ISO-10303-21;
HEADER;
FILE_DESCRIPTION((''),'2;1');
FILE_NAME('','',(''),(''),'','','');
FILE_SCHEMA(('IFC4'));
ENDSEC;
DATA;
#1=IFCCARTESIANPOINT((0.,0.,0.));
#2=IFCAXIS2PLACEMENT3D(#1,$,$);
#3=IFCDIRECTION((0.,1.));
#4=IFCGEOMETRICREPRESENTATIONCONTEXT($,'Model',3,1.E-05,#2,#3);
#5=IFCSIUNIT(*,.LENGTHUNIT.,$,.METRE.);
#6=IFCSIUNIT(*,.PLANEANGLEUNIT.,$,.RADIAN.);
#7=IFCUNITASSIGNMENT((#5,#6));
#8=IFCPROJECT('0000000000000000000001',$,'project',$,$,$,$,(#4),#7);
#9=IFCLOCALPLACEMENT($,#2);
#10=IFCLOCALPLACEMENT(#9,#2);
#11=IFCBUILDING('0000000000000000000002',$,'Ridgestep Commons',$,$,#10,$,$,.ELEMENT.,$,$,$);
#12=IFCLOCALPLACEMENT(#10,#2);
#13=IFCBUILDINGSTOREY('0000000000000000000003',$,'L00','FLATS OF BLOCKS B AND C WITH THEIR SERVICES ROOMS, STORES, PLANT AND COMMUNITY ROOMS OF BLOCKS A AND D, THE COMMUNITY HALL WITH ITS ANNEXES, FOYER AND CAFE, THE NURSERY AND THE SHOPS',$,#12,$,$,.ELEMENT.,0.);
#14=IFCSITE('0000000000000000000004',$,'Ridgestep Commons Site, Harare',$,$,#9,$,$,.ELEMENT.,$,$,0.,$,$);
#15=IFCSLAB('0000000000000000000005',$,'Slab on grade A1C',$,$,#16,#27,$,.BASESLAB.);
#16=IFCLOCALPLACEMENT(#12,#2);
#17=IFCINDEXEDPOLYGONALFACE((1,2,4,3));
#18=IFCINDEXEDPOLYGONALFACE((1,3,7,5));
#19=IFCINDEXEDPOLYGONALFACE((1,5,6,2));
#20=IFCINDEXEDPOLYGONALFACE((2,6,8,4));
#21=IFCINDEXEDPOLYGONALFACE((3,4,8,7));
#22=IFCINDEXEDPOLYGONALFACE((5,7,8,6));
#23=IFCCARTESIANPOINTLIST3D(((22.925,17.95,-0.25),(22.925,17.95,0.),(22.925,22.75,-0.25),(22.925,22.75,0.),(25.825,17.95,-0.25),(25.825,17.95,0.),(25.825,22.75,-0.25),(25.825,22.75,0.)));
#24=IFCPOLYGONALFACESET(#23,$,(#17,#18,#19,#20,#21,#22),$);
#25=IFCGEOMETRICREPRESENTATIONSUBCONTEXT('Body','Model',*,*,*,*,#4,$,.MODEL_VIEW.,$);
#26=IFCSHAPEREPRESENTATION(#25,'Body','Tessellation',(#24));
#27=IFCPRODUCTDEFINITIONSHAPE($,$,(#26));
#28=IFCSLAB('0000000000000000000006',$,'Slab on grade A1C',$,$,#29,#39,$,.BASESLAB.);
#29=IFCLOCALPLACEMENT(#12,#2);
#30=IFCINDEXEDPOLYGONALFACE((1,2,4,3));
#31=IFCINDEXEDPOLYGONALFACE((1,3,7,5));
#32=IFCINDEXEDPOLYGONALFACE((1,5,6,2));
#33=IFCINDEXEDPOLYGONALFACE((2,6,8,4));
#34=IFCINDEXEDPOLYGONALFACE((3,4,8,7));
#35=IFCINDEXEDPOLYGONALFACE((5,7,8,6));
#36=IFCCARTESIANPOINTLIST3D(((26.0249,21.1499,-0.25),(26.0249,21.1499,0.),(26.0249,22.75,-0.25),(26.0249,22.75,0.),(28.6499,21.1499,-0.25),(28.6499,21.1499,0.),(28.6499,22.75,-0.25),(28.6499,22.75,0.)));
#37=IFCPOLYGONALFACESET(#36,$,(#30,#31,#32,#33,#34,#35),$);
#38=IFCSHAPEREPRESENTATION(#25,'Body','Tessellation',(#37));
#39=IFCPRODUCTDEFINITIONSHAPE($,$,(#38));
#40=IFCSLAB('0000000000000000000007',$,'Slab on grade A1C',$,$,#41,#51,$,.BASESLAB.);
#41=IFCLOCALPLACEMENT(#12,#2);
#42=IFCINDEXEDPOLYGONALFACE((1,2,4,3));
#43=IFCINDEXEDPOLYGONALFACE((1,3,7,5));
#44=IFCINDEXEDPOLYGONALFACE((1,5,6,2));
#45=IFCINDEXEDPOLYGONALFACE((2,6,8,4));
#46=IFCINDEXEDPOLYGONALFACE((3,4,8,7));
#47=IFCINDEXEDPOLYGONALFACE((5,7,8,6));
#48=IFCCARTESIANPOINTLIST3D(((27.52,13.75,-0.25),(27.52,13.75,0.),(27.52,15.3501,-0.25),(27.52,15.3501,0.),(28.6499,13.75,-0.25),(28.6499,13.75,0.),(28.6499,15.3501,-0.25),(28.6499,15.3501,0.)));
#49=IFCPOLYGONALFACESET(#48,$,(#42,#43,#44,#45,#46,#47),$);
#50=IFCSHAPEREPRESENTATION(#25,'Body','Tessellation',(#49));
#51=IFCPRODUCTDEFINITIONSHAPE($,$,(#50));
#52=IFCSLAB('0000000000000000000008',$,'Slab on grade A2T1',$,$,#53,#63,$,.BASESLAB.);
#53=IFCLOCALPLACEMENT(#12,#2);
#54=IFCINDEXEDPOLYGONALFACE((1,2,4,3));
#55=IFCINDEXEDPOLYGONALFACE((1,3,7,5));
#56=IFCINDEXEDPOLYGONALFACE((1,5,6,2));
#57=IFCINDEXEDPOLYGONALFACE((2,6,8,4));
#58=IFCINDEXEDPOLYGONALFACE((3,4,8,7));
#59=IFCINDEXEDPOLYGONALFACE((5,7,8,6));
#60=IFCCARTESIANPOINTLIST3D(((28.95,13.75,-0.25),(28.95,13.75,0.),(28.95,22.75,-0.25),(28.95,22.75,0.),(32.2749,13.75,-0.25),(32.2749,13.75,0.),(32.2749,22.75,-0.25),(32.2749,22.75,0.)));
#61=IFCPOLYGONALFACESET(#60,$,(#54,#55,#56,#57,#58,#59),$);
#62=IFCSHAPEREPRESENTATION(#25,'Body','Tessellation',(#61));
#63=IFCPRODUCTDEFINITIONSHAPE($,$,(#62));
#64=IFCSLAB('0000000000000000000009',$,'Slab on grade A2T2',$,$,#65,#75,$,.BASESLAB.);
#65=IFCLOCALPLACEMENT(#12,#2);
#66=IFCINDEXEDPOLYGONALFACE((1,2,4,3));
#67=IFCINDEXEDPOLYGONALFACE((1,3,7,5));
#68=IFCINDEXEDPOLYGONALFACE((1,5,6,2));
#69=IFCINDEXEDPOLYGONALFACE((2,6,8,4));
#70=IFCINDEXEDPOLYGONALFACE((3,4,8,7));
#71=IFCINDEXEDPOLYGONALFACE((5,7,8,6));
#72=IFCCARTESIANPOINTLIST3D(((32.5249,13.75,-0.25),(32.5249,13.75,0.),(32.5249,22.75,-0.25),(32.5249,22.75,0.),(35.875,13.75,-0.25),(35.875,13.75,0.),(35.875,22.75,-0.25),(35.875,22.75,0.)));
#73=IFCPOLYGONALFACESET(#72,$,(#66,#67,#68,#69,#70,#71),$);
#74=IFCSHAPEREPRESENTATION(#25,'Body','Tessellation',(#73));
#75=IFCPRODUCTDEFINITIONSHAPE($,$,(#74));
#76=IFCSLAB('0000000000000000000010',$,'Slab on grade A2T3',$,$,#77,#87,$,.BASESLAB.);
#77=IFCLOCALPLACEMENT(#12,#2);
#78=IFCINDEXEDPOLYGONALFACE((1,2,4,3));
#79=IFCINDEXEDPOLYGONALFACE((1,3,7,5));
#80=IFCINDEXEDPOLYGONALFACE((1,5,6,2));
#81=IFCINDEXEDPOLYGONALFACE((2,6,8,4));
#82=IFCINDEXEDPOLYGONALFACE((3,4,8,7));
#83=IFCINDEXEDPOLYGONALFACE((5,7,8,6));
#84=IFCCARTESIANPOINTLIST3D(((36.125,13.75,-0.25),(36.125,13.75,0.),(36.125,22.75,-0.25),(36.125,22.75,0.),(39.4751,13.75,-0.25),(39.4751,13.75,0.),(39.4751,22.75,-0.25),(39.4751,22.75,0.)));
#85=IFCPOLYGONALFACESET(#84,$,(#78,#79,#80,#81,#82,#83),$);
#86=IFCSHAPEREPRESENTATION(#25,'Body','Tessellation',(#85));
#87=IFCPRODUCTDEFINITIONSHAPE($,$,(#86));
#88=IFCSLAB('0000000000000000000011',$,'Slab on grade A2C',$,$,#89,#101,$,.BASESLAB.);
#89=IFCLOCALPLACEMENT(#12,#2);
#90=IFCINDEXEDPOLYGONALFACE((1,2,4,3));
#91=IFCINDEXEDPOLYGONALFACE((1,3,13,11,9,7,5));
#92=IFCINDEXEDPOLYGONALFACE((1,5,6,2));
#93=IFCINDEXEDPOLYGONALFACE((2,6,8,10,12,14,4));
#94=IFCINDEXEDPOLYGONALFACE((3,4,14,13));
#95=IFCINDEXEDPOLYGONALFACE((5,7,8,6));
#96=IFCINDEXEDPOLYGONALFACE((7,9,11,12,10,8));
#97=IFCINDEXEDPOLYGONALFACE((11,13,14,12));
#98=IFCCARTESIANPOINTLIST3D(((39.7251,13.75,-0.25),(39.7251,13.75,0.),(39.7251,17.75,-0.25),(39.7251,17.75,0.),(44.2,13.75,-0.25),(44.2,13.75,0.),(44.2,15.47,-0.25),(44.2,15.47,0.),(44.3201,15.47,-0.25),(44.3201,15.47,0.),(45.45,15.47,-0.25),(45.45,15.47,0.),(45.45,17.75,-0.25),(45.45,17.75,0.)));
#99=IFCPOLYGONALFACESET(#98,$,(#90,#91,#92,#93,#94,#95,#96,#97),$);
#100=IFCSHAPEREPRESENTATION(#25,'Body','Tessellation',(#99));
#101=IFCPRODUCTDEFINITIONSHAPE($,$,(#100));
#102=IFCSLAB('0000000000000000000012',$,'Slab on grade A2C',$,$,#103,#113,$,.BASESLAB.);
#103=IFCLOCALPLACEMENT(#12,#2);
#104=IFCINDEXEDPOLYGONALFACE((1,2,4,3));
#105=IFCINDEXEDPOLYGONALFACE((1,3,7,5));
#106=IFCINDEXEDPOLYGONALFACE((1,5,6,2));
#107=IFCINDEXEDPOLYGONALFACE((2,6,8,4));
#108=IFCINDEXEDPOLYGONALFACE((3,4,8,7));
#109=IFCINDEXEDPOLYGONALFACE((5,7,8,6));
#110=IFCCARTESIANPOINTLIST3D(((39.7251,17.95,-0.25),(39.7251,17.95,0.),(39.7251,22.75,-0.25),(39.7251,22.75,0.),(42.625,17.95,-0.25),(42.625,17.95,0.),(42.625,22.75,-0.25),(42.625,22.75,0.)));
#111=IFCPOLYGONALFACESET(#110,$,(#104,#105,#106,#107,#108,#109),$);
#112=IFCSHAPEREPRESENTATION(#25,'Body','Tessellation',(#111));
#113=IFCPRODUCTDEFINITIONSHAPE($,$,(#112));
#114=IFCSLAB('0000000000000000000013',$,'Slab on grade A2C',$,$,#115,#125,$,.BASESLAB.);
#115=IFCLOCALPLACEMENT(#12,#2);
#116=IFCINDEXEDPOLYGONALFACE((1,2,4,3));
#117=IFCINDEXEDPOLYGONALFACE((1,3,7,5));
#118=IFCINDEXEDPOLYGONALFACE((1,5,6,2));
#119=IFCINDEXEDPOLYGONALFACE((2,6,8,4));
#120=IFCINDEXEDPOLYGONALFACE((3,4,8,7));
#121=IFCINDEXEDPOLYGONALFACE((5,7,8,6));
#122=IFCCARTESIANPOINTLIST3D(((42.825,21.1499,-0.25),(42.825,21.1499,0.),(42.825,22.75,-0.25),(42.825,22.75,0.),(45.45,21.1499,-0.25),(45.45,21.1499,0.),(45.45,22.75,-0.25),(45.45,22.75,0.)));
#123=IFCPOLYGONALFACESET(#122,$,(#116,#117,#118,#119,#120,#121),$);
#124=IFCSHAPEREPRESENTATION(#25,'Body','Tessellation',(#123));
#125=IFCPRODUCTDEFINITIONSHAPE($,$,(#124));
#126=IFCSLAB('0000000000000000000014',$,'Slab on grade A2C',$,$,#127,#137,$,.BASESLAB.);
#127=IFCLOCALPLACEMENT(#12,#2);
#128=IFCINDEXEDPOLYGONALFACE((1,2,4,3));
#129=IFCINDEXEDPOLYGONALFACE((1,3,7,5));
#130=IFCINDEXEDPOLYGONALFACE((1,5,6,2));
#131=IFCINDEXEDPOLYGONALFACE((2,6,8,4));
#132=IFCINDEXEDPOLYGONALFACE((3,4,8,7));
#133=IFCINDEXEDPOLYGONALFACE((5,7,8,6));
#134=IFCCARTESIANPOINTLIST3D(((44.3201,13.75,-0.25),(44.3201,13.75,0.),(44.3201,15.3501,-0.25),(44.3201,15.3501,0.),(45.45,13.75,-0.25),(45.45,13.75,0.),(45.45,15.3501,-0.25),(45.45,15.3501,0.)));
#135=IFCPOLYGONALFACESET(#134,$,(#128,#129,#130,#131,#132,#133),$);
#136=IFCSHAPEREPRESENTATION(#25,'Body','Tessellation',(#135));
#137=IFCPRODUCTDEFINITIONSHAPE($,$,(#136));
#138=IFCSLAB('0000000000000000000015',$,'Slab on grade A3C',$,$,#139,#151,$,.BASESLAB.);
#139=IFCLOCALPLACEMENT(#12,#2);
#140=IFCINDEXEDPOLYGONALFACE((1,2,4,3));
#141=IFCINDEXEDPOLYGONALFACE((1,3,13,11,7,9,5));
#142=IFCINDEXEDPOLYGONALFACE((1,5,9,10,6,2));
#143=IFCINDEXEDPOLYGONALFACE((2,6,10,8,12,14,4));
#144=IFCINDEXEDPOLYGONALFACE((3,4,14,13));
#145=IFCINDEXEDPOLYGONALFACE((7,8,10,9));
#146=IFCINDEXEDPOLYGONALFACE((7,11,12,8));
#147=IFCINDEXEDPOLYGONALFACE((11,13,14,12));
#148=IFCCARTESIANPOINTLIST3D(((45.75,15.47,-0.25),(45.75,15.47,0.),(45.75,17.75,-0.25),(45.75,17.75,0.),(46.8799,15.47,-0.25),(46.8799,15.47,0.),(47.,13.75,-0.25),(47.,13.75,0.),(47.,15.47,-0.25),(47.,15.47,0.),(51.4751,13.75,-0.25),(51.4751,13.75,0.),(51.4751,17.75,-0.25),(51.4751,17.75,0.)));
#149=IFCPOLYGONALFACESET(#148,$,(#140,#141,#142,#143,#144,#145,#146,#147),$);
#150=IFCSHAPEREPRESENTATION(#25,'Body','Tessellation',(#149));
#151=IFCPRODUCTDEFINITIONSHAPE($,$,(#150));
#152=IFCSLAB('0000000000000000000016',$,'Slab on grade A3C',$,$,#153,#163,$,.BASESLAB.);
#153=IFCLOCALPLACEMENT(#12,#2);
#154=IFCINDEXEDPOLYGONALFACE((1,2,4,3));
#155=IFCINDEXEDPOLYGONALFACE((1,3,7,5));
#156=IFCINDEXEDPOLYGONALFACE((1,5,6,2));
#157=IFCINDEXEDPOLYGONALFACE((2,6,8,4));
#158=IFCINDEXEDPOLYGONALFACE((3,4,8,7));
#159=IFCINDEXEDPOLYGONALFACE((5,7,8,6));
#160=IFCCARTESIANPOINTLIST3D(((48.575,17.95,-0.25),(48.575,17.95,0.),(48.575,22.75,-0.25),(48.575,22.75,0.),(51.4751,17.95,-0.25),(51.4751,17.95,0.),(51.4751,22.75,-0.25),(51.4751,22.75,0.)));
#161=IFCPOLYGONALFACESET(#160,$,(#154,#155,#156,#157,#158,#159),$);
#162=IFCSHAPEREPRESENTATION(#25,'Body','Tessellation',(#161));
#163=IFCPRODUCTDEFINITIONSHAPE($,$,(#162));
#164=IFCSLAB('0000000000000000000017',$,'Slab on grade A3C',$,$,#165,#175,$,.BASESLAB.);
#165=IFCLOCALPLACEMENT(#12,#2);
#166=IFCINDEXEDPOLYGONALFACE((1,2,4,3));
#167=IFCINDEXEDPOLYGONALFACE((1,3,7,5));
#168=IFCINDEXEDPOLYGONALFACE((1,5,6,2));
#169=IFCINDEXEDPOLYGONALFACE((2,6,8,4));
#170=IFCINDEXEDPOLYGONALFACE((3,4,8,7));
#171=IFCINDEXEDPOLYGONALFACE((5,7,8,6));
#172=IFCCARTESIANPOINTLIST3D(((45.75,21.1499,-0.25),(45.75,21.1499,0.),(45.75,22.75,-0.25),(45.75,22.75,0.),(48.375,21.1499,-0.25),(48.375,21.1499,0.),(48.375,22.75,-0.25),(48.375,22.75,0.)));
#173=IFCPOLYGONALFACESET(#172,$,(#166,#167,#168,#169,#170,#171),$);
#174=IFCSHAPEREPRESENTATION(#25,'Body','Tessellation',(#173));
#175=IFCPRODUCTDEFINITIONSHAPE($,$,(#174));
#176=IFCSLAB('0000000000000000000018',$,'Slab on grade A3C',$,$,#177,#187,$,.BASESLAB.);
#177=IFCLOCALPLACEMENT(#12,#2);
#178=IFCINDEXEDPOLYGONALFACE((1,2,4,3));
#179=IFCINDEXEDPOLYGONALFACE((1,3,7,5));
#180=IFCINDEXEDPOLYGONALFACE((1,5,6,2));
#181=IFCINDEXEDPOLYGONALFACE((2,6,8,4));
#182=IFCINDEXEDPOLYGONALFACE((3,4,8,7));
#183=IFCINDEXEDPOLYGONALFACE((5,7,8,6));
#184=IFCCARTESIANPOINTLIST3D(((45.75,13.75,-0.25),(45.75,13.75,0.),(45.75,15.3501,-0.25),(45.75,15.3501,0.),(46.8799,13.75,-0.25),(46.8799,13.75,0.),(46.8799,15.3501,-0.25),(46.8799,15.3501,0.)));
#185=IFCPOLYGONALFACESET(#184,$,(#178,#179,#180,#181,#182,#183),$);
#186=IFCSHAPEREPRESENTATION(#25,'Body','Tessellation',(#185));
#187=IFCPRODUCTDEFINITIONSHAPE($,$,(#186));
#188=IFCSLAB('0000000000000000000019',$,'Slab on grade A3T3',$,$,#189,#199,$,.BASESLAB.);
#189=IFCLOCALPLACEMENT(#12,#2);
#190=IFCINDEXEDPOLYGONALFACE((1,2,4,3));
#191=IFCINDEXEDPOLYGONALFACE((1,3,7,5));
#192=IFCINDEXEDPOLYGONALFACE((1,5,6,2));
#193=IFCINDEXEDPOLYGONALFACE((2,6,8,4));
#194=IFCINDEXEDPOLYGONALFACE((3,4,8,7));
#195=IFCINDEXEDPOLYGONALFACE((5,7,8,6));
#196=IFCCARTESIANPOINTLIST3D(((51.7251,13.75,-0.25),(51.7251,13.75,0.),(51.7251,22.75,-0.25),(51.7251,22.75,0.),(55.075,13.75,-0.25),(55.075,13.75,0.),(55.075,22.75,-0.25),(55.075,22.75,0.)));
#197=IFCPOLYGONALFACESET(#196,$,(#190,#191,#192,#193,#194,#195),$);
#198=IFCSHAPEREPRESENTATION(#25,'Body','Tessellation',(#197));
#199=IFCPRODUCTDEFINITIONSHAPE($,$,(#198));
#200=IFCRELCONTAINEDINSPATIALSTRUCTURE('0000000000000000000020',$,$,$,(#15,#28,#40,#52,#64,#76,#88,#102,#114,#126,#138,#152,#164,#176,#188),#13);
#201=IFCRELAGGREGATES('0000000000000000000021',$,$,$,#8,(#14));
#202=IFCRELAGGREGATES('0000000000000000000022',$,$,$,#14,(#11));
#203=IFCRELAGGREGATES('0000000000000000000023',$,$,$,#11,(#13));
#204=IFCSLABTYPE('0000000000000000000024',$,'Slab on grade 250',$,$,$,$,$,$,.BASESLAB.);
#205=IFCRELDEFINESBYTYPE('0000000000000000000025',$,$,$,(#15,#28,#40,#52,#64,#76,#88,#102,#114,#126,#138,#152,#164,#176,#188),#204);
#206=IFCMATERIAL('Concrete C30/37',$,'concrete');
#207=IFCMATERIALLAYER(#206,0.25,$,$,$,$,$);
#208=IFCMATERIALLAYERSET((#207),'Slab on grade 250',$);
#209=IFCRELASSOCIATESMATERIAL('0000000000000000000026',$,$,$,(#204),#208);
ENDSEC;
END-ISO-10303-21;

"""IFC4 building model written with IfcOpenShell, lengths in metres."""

from ifc_helpers import new_model, si_unit, direction, frame, origin, place, context, subcontext, project, spatial, polyline, outline, extrude, material, layer, layer_set, type_object, element, save


model = new_model("IFC4")

# Units and contexts
model_context = context("Model", 3, precision=1e-05, world=origin(), true_north=direction((0.0, 1.0)))
body_context = subcontext(model_context, "Body", "Model", "MODEL_VIEW")
ifc_project = project(units=[si_unit("LENGTHUNIT", "METRE"), si_unit("PLANEANGLEUNIT", "RADIAN")], contexts=[model_context])

# Site, building, storey
site_placement = place(None, origin())
site = spatial("IfcSite", under=ifc_project, at=site_placement, Name="Ridgestep Commons Site, Harare", CompositionType="ELEMENT", RefElevation=0.0)
building_placement = place(site_placement, origin())
building = spatial("IfcBuilding", under=site, at=building_placement, Name="Ridgestep Commons", CompositionType="ELEMENT")
storey_placement = place(building_placement, origin())
storey = spatial("IfcBuildingStorey", under=building, at=storey_placement, Name="L00", Description="FLATS OF BLOCKS B AND C WITH THEIR SERVICES ROOMS, STORES, PLANT AND COMMUNITY ROOMS OF BLOCKS A AND D, THE COMMUNITY HALL WITH ITS ANNEXES, FOYER AND CAFE, THE NURSERY AND THE SHOPS", CompositionType="ELEMENT", Elevation=0.0)

# Slabs
ifc_material = material(Name="Concrete C30/37", Category="concrete")
ifc_layer = layer(ifc_material, 0.25)
ifc_layer_set = layer_set([ifc_layer], Name="Slab on grade 250")
slab_type = type_object("IfcSlabType", Name="Slab on grade 250", PredefinedType="BASESLAB", material=ifc_layer_set)
slab_1_placement = place(storey_placement, frame((0.0, 0.0, -0.25)))
element("IfcSlab", 1, at=slab_1_placement, inside=storey, type_object=slab_type, Name="Slab on grade A1C", PredefinedType="BASESLAB", context=body_context, shape_type="SweptSolid", body=[
    extrude(outline(polyline([(25.825, 22.75), (22.925, 22.75), (22.925, 17.95), (25.825, 17.95), (25.825, 22.75)])), origin(), (0.0, 0.0, 1.0), 0.25),
])
slab_2_placement = place(storey_placement, frame((0.0, 0.0, -0.25)))
element("IfcSlab", 2, at=slab_2_placement, inside=storey, type_object=slab_type, Name="Slab on grade A1C", PredefinedType="BASESLAB", context=body_context, shape_type="SweptSolid", body=[
    extrude(outline(polyline([(28.6499, 21.1499), (28.6499, 22.75), (26.0249, 22.75), (26.0249, 21.1499), (28.6499, 21.1499)])), origin(), (0.0, 0.0, 1.0), 0.25),
])
slab_3_placement = place(storey_placement, frame((0.0, 0.0, -0.25)))
element("IfcSlab", 3, at=slab_3_placement, inside=storey, type_object=slab_type, Name="Slab on grade A1C", PredefinedType="BASESLAB", context=body_context, shape_type="SweptSolid", body=[
    extrude(outline(polyline([(27.52, 13.75), (28.6499, 13.75), (28.6499, 15.3501), (27.52, 15.3501), (27.52, 13.75)])), origin(), (0.0, 0.0, 1.0), 0.25),
])
slab_4_placement = place(storey_placement, frame((0.0, 0.0, -0.25)))
element("IfcSlab", 4, at=slab_4_placement, inside=storey, type_object=slab_type, Name="Slab on grade A2T1", PredefinedType="BASESLAB", context=body_context, shape_type="SweptSolid", body=[
    extrude(outline(polyline([(32.2749, 13.75), (32.2749, 22.75), (28.95, 22.75), (28.95, 13.75), (32.2749, 13.75)])), origin(), (0.0, 0.0, 1.0), 0.25),
])
slab_5_placement = place(storey_placement, frame((0.0, 0.0, -0.25)))
element("IfcSlab", 5, at=slab_5_placement, inside=storey, type_object=slab_type, Name="Slab on grade A2T2", PredefinedType="BASESLAB", context=body_context, shape_type="SweptSolid", body=[
    extrude(outline(polyline([(35.875, 13.75), (35.875, 22.75), (32.5249, 22.75), (32.5249, 13.75), (35.875, 13.75)])), origin(), (0.0, 0.0, 1.0), 0.25),
])
slab_6_placement = place(storey_placement, frame((0.0, 0.0, -0.25)))
element("IfcSlab", 6, at=slab_6_placement, inside=storey, type_object=slab_type, Name="Slab on grade A2T3", PredefinedType="BASESLAB", context=body_context, shape_type="SweptSolid", body=[
    extrude(outline(polyline([(39.4751, 13.75), (39.4751, 22.75), (36.125, 22.75), (36.125, 13.75), (39.4751, 13.75)])), origin(), (0.0, 0.0, 1.0), 0.25),
])
slab_7_placement = place(storey_placement, frame((0.0, 0.0, -0.25)))
element("IfcSlab", 7, at=slab_7_placement, inside=storey, type_object=slab_type, Name="Slab on grade A2C", PredefinedType="BASESLAB", context=body_context, shape_type="SweptSolid", body=[
    extrude(outline(polyline([(44.3201, 15.47), (45.45, 15.47), (45.45, 17.75), (39.7251, 17.75), (39.7251, 13.75), (44.2, 13.75), (44.2, 15.47), (44.3201, 15.47)])), origin(), (0.0, 0.0, 1.0), 0.25),
])
slab_8_placement = place(storey_placement, frame((0.0, 0.0, -0.25)))
element("IfcSlab", 8, at=slab_8_placement, inside=storey, type_object=slab_type, Name="Slab on grade A2C", PredefinedType="BASESLAB", context=body_context, shape_type="SweptSolid", body=[
    extrude(outline(polyline([(42.625, 22.75), (39.7251, 22.75), (39.7251, 17.95), (42.625, 17.95), (42.625, 22.75)])), origin(), (0.0, 0.0, 1.0), 0.25),
])
slab_9_placement = place(storey_placement, frame((0.0, 0.0, -0.25)))
element("IfcSlab", 9, at=slab_9_placement, inside=storey, type_object=slab_type, Name="Slab on grade A2C", PredefinedType="BASESLAB", context=body_context, shape_type="SweptSolid", body=[
    extrude(outline(polyline([(45.45, 21.1499), (45.45, 22.75), (42.825, 22.75), (42.825, 21.1499), (45.45, 21.1499)])), origin(), (0.0, 0.0, 1.0), 0.25),
])
slab_10_placement = place(storey_placement, frame((0.0, 0.0, -0.25)))
element("IfcSlab", 10, at=slab_10_placement, inside=storey, type_object=slab_type, Name="Slab on grade A2C", PredefinedType="BASESLAB", context=body_context, shape_type="SweptSolid", body=[
    extrude(outline(polyline([(44.3201, 13.75), (45.45, 13.75), (45.45, 15.3501), (44.3201, 15.3501), (44.3201, 13.75)])), origin(), (0.0, 0.0, 1.0), 0.25),
])
slab_11_placement = place(storey_placement, frame((0.0, 0.0, -0.25)))
element("IfcSlab", 11, at=slab_11_placement, inside=storey, type_object=slab_type, Name="Slab on grade A3C", PredefinedType="BASESLAB", context=body_context, shape_type="SweptSolid", body=[
    extrude(outline(polyline([(47.0, 13.75), (51.4751, 13.75), (51.4751, 17.75), (45.75, 17.75), (45.75, 15.47), (46.8799, 15.47), (47.0, 15.47), (47.0, 13.75)])), origin(), (0.0, 0.0, 1.0), 0.25),
])
slab_12_placement = place(storey_placement, frame((0.0, 0.0, -0.25)))
element("IfcSlab", 12, at=slab_12_placement, inside=storey, type_object=slab_type, Name="Slab on grade A3C", PredefinedType="BASESLAB", context=body_context, shape_type="SweptSolid", body=[
    extrude(outline(polyline([(51.4751, 17.95), (51.4751, 22.75), (48.575, 22.75), (48.575, 17.95), (51.4751, 17.95)])), origin(), (0.0, 0.0, 1.0), 0.25),
])
slab_13_placement = place(storey_placement, frame((0.0, 0.0, -0.25)))
element("IfcSlab", 13, at=slab_13_placement, inside=storey, type_object=slab_type, Name="Slab on grade A3C", PredefinedType="BASESLAB", context=body_context, shape_type="SweptSolid", body=[
    extrude(outline(polyline([(48.375, 22.75), (45.75, 22.75), (45.75, 21.1499), (48.375, 21.1499), (48.375, 22.75)])), origin(), (0.0, 0.0, 1.0), 0.25),
])
slab_14_placement = place(storey_placement, frame((0.0, 0.0, -0.25)))
element("IfcSlab", 14, at=slab_14_placement, inside=storey, type_object=slab_type, Name="Slab on grade A3C", PredefinedType="BASESLAB", context=body_context, shape_type="SweptSolid", body=[
    extrude(outline(polyline([(46.8799, 15.3501), (45.75, 15.3501), (45.75, 13.75), (46.8799, 13.75), (46.8799, 15.3501)])), origin(), (0.0, 0.0, 1.0), 0.25),
])
slab_15_placement = place(storey_placement, frame((0.0, 0.0, -0.25)))
element("IfcSlab", 15, at=slab_15_placement, inside=storey, type_object=slab_type, Name="Slab on grade A3T3", PredefinedType="BASESLAB", context=body_context, shape_type="SweptSolid", body=[
    extrude(outline(polyline([(55.075, 13.75), (55.075, 22.75), (51.7251, 22.75), (51.7251, 13.75), (55.075, 13.75)])), origin(), (0.0, 0.0, 1.0), 0.25),
])

save(model, "model.ifc")
